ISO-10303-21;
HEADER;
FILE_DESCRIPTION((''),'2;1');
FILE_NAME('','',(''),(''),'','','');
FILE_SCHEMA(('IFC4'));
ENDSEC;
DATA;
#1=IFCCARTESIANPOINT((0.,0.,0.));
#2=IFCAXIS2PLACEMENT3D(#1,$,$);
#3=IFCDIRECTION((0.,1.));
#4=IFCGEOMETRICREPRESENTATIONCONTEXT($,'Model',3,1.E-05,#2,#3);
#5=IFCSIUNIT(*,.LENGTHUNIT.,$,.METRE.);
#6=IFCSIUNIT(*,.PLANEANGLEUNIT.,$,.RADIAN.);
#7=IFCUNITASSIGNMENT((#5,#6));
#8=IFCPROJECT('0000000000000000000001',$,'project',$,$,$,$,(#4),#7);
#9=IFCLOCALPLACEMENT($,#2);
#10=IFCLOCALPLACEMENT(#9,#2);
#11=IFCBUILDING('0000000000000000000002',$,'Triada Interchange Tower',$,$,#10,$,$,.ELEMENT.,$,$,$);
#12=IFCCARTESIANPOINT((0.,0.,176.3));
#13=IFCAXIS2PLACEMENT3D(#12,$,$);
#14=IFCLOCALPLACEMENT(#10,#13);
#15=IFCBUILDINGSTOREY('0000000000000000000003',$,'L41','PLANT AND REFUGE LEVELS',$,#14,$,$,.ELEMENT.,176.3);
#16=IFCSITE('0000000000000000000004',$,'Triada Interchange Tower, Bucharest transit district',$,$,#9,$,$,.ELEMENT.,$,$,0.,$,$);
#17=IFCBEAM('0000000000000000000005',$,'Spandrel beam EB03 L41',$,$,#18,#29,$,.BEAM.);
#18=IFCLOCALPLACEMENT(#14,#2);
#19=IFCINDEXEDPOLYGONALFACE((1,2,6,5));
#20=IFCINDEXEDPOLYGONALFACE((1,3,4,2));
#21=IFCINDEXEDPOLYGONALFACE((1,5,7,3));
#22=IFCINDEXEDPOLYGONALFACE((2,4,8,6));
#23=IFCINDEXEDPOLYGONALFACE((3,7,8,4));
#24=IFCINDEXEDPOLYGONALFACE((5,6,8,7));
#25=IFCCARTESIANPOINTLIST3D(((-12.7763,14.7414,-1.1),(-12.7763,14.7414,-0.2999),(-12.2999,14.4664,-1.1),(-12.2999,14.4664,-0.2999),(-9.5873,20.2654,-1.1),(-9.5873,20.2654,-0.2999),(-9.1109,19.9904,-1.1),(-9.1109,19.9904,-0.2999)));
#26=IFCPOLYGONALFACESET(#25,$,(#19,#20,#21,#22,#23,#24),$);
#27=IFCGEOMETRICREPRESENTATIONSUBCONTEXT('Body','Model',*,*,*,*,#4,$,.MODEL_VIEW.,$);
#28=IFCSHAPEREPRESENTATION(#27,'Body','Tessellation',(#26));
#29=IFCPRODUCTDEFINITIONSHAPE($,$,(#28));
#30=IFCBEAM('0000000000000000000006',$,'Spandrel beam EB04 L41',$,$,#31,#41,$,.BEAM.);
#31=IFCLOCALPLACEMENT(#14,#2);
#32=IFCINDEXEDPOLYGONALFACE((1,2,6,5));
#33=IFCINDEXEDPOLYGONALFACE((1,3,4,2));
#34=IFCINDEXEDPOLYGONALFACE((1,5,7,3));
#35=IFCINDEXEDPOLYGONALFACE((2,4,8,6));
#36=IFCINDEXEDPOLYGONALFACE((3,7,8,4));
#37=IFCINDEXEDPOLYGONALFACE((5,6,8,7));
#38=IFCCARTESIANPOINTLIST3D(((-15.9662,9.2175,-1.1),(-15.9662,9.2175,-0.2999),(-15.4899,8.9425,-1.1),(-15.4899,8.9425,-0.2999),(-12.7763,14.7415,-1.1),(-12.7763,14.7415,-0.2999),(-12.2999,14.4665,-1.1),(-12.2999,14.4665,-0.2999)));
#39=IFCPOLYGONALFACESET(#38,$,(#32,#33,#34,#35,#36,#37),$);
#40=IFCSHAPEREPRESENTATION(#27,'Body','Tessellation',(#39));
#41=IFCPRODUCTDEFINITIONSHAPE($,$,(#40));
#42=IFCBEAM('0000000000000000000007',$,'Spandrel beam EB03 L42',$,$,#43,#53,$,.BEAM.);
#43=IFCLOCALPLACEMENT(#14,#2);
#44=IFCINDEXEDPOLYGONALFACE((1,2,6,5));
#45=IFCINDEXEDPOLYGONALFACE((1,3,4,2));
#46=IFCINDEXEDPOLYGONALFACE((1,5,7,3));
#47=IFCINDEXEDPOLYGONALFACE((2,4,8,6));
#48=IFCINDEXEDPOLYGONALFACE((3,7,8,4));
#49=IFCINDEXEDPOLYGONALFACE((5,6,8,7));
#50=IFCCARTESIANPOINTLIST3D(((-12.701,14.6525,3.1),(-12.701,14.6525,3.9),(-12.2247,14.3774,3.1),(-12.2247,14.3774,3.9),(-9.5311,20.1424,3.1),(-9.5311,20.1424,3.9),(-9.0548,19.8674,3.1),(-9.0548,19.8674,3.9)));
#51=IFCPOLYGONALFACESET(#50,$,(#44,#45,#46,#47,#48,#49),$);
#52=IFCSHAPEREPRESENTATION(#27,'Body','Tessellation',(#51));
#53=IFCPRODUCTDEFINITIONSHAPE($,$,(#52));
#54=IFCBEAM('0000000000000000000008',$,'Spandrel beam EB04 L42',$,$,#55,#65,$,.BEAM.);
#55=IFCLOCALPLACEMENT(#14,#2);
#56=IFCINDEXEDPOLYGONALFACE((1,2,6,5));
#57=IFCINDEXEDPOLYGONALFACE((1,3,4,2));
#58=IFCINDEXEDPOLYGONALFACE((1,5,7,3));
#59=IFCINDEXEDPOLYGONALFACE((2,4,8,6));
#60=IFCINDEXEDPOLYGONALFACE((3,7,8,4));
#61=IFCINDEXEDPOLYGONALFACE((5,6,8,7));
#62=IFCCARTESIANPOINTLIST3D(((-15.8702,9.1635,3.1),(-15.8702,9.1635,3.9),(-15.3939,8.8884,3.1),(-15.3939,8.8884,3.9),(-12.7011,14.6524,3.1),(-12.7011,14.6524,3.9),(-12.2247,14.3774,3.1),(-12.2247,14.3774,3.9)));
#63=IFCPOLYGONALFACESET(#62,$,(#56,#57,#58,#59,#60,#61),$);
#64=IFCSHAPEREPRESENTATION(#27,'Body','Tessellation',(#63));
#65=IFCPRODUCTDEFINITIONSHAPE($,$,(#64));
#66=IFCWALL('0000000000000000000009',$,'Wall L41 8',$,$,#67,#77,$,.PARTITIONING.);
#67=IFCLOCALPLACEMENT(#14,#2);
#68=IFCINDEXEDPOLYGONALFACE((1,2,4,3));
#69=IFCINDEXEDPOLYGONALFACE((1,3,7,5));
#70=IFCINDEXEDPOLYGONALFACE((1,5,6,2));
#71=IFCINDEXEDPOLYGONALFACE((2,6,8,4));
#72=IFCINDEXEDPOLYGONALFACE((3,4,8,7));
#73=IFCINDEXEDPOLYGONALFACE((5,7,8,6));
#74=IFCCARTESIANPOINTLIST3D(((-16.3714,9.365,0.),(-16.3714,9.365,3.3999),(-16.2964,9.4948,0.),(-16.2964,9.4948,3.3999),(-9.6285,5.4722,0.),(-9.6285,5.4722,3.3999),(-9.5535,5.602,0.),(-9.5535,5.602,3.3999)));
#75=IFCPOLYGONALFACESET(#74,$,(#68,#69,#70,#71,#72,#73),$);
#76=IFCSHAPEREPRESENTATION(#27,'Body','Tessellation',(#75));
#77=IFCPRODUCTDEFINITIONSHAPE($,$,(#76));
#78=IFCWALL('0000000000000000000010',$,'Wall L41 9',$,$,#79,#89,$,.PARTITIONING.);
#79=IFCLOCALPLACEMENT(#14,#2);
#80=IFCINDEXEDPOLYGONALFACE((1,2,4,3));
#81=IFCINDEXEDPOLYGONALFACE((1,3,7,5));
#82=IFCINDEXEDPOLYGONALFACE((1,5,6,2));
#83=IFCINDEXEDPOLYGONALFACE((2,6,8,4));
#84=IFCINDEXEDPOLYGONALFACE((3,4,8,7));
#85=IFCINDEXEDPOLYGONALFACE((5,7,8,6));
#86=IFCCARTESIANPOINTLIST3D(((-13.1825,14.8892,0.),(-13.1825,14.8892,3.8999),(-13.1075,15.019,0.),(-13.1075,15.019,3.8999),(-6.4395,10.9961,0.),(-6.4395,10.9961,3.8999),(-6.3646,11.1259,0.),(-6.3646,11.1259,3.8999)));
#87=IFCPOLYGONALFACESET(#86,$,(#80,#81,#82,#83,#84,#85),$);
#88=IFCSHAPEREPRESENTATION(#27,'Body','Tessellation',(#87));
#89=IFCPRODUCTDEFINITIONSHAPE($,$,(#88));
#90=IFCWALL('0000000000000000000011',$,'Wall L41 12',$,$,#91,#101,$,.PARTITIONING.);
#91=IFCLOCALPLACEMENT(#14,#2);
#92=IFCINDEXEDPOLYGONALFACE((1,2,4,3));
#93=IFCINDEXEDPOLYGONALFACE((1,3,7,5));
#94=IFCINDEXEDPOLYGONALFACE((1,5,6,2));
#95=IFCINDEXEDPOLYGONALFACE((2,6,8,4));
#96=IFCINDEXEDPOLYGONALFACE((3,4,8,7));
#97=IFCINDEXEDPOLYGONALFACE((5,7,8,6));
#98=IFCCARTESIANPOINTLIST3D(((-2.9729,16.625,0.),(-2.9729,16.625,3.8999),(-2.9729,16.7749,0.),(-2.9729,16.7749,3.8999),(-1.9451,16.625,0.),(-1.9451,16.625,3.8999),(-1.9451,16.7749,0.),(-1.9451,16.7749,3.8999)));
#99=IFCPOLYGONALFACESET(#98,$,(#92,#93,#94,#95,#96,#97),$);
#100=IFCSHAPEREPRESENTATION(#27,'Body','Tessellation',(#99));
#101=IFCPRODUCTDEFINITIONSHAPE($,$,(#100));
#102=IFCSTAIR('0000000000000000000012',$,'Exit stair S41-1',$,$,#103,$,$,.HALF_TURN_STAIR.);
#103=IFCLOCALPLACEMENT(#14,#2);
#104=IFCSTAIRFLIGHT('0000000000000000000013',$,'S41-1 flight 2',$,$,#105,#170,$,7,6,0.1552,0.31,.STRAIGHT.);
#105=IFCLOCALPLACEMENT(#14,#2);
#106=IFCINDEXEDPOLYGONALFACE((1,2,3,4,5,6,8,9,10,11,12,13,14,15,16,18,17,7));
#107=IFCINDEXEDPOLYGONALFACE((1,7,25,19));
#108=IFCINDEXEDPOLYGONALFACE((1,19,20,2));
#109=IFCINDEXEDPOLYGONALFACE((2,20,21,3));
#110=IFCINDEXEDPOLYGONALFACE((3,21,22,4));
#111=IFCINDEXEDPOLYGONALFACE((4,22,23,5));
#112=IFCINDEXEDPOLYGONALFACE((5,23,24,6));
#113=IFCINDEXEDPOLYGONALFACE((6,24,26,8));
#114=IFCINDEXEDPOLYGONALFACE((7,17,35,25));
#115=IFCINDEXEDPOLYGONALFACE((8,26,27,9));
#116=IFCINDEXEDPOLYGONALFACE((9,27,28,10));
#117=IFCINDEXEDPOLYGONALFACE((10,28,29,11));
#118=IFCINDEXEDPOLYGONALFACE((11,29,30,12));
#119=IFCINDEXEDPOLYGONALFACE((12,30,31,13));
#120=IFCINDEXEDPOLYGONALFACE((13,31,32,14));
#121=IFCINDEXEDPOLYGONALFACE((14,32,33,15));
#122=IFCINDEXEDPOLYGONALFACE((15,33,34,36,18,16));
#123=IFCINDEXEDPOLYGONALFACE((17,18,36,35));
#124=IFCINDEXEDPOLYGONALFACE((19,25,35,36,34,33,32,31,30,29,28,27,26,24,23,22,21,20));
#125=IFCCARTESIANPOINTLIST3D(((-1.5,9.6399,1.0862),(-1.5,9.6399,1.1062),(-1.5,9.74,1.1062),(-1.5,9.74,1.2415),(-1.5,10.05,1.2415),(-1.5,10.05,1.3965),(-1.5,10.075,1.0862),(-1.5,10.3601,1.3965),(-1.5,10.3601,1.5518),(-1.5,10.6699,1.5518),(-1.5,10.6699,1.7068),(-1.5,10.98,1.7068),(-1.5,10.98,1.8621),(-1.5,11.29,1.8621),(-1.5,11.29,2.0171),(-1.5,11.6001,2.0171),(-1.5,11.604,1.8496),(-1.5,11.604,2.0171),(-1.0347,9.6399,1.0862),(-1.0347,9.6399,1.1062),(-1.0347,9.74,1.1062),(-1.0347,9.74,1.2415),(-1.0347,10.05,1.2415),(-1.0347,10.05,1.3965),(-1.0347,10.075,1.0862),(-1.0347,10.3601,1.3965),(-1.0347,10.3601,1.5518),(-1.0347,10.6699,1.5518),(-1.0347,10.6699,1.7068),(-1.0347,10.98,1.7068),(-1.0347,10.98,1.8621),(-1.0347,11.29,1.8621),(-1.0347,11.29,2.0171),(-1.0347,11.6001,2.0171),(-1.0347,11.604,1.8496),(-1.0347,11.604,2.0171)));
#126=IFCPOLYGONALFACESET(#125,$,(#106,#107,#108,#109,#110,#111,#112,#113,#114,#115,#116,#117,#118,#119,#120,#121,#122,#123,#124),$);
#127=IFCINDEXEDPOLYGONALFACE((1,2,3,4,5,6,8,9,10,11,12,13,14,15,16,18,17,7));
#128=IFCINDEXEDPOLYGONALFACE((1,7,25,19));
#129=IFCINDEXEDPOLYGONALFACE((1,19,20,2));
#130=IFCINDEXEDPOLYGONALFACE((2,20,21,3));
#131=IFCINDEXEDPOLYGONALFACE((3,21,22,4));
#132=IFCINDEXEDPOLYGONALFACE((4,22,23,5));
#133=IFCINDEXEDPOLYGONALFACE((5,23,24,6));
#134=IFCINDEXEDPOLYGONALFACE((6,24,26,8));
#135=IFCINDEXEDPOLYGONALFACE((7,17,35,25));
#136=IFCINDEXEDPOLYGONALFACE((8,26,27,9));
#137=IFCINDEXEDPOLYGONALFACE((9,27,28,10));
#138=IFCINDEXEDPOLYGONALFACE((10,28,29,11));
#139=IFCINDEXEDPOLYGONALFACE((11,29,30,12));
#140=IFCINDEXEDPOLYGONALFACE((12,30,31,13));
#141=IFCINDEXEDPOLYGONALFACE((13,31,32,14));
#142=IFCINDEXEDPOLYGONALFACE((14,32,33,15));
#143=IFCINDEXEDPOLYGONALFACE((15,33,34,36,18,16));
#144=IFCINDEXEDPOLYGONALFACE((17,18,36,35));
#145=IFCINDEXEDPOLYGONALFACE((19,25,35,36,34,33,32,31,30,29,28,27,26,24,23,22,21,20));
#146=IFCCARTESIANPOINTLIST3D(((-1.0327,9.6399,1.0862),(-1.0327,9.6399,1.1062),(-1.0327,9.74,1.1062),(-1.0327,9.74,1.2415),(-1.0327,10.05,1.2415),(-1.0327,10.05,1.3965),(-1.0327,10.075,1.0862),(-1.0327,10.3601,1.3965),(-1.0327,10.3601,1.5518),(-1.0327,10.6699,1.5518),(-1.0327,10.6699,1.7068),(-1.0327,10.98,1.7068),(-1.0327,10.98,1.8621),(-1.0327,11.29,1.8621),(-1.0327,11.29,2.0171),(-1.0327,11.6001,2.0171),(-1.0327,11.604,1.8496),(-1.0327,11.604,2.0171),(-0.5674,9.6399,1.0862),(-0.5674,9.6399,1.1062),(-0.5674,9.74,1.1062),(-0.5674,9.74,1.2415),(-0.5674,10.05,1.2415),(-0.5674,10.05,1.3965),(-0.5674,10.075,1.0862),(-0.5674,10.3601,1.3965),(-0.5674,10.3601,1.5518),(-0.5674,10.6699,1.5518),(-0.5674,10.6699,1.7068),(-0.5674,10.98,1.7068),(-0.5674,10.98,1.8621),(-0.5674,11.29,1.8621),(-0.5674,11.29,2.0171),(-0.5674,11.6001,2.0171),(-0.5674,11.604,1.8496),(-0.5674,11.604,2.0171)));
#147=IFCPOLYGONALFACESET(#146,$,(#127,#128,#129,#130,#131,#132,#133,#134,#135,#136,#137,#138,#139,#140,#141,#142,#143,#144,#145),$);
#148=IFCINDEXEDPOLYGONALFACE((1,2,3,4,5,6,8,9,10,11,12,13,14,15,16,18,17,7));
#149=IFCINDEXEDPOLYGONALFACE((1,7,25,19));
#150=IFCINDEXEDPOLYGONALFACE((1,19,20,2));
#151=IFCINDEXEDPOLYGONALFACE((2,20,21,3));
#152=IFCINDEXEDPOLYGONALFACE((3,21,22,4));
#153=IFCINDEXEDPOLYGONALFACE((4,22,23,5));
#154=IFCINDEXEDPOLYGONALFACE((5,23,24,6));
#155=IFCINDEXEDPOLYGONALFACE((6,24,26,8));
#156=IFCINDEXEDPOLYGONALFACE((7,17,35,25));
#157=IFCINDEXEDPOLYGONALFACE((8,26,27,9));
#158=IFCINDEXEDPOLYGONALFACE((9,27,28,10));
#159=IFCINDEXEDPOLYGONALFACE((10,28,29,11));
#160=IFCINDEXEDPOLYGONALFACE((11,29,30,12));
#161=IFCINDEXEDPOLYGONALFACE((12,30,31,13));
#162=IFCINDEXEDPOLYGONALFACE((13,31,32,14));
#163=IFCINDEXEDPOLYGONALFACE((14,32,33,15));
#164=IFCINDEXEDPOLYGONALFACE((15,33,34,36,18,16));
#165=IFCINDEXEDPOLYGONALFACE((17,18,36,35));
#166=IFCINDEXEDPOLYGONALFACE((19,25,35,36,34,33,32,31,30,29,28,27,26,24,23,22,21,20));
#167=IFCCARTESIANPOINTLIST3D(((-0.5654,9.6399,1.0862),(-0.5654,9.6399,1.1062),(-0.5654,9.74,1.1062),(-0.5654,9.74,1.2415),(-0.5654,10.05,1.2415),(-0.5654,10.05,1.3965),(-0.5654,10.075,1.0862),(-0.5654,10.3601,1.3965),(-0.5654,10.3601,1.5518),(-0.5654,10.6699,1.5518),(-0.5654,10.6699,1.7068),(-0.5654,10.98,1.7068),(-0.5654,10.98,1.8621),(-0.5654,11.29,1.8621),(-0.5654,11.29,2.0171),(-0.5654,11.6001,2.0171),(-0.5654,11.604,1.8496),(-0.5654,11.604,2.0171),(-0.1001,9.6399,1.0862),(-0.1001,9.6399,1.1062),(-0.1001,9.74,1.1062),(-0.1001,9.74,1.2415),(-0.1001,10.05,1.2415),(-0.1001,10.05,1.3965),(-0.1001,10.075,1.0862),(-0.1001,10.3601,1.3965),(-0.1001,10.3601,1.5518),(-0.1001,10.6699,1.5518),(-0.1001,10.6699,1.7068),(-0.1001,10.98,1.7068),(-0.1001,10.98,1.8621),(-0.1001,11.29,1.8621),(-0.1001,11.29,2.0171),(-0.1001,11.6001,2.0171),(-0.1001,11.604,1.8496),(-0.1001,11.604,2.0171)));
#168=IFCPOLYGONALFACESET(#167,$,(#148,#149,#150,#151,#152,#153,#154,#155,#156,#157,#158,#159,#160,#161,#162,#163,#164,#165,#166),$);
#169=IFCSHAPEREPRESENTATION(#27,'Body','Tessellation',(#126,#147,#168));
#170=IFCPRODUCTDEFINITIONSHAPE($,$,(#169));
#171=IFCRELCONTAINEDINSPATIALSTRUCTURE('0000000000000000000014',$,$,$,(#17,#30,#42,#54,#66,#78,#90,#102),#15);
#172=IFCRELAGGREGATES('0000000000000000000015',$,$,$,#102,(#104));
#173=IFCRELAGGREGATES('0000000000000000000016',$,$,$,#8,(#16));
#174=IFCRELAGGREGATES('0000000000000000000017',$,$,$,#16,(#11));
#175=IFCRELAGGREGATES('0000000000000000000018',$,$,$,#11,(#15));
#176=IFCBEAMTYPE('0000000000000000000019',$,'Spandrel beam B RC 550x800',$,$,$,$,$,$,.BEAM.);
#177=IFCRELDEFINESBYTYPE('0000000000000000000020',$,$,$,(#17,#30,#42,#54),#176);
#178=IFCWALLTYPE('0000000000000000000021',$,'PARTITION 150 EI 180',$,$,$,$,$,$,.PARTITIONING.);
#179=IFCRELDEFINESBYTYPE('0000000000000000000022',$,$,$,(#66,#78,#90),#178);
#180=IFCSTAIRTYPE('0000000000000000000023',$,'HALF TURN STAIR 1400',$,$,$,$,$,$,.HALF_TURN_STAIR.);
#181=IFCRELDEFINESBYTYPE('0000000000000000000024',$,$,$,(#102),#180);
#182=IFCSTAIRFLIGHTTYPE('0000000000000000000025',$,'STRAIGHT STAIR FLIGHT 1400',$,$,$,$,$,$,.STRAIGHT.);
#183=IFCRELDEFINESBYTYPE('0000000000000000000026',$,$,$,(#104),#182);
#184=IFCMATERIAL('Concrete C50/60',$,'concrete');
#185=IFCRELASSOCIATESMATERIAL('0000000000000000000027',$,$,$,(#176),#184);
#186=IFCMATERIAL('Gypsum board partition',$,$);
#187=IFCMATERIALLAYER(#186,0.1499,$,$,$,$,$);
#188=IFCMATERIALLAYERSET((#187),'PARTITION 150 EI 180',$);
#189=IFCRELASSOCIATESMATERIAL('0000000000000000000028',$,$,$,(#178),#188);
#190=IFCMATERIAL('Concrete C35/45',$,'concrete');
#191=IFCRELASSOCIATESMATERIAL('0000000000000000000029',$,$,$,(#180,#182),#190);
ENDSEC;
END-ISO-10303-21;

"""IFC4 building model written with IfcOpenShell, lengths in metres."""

from ifc_helpers import new_model, si_unit, direction, frame, frame_2d, origin, origin_2d, place, context, subcontext, project, spatial, polyline, rectangle, outline, extrude, material, layer, layer_set, material_profile, profile_set, type_object, element, aggregate, save


model = new_model("IFC4")

# Units and contexts
model_context = context("Model", 3, precision=1e-05, world=origin(), true_north=direction((0.0, 1.0)))
body_context = subcontext(model_context, "Body", "Model", "MODEL_VIEW")
ifc_project = project(units=[si_unit("LENGTHUNIT", "METRE"), si_unit("PLANEANGLEUNIT", "RADIAN")], contexts=[model_context])

# Site, building, storey
site_placement = place(None, origin())
site = spatial("IfcSite", under=ifc_project, at=site_placement, Name="Triada Interchange Tower, Bucharest transit district", CompositionType="ELEMENT", RefElevation=0.0)
building_placement = place(site_placement, origin())
building = spatial("IfcBuilding", under=site, at=building_placement, Name="Triada Interchange Tower", CompositionType="ELEMENT")
storey_placement = place(building_placement, frame((0.0, 0.0, 176.3)))
storey = spatial("IfcBuildingStorey", under=building, at=storey_placement, Name="L41", Description="PLANT AND REFUGE LEVELS", CompositionType="ELEMENT", Elevation=176.3)

# Beams
ifc_material_1 = material(Name="Concrete C50/60", Category="concrete")
ifc_material_profile_1 = material_profile(ifc_material_1, rectangle(XDim=0.55, YDim=0.8, at=origin_2d()), Name="RC 550x800")
ifc_profile_set_1 = profile_set([ifc_material_profile_1], Name="Concrete C50/60")
beam_type_1 = type_object("IfcBeamType", Name="Spandrel beam B RC 550x800", PredefinedType="BEAM", material=ifc_profile_set_1)
beam_1_placement = place(storey_placement, frame((-9.3491, 20.1279, -0.7), z_axis=(-0.499968, -0.866044, 0.0), x_axis=(0.866044, -0.499968, 0.0)))
element("IfcBeam", 1, at=beam_1_placement, inside=storey, type_object=beam_type_1, Name="Spandrel beam EB03 L41", PredefinedType="BEAM", context=body_context, shape_type="SweptSolid", body=[
    extrude(rectangle(XDim=0.55, YDim=0.8, at=origin_2d()), origin(), (0.0, 0.0, 1.0), 6.3784),
])
beam_2_placement = place(storey_placement, frame((-12.5381, 14.604, -0.7), z_axis=(-0.500082, -0.865978, 0.0), x_axis=(0.865978, -0.500082, 0.0)))
element("IfcBeam", 2, at=beam_2_placement, inside=storey, type_object=beam_type_1, Name="Spandrel beam EB04 L41", PredefinedType="BEAM", context=body_context, shape_type="SweptSolid", body=[
    extrude(rectangle(XDim=0.55, YDim=0.8, at=origin_2d()), origin(), (0.0, 0.0, 1.0), 6.3789),
])
beam_3_placement = place(storey_placement, frame((-9.293, 20.0049, 3.5), z_axis=(-0.500032, -0.866007, 0.0), x_axis=(0.866007, -0.500032, 0.0)))
element("IfcBeam", 3, at=beam_3_placement, inside=storey, type_object=beam_type_1, Name="Spandrel beam EB03 L42", PredefinedType="BEAM", context=body_context, shape_type="SweptSolid", body=[
    extrude(rectangle(XDim=0.55, YDim=0.8, at=origin_2d()), origin(), (0.0, 0.0, 1.0), 6.3394),
])
beam_4_placement = place(storey_placement, frame((-12.4629, 14.5149, 3.5), z_axis=(-0.500013, -0.866018, 0.0), x_axis=(0.866018, -0.500013, 0.0)))
element("IfcBeam", 4, at=beam_4_placement, inside=storey, type_object=beam_type_1, Name="Spandrel beam EB04 L42", PredefinedType="BEAM", context=body_context, shape_type="SweptSolid", body=[
    extrude(rectangle(XDim=0.55, YDim=0.8, at=origin_2d()), origin(), (0.0, 0.0, 1.0), 6.3381),
])

# Walls
ifc_material_2 = material(Name="Gypsum board partition")
ifc_layer_1 = layer(ifc_material_2, 0.1499)
ifc_layer_set_1 = layer_set([ifc_layer_1], Name="PARTITION 150 EI 180")
wall_type_1 = type_object("IfcWallType", Name="PARTITION 150 EI 180", PredefinedType="PARTITIONING", material=ifc_layer_set_1)
wall_1_placement = place(storey_placement, frame((-16.334, 9.4299, 0.0), z_axis=(0.0, 0.0, 1.0), x_axis=(0.866037, -0.49998, 0.0)))
element("IfcWall", 5, at=wall_1_placement, inside=storey, type_object=wall_type_1, Name="Wall L41 8", PredefinedType="PARTITIONING", context=body_context, shape_type="SweptSolid", body=[
    extrude(rectangle(XDim=7.7859, YDim=0.1499, at=frame_2d((3.8931, 0.0))), origin(), (0.0, 0.0, 1.0), 3.3999),
])
wall_2_placement = place(storey_placement, frame((-13.145, 14.9541, 0.0), z_axis=(0.0, 0.0, 1.0), x_axis=(0.866023, -0.500004, 0.0)))
element("IfcWall", 6, at=wall_2_placement, inside=storey, type_object=wall_type_1, Name="Wall L41 9", PredefinedType="PARTITIONING", context=body_context, shape_type="SweptSolid", body=[
    extrude(rectangle(XDim=7.7861, YDim=0.1499, at=frame_2d((3.8931, 0.0))), origin(), (0.0, 0.0, 1.0), 3.8999),
])
wall_3_placement = place(storey_placement, frame((-2.9729, 16.7, 0.0), z_axis=(0.0, 0.0, 1.0), x_axis=(1.0, 0.0, 0.0)))
element("IfcWall", 7, at=wall_3_placement, inside=storey, type_object=wall_type_1, Name="Wall L41 12", PredefinedType="PARTITIONING", context=body_context, shape_type="SweptSolid", body=[
    extrude(rectangle(XDim=1.0278, YDim=0.1499, at=frame_2d((0.5139, 0.0))), origin(), (0.0, 0.0, 1.0), 3.8999),
])

# Stair, stair flight
ifc_material_3 = material(Name="Concrete C35/45", Category="concrete")
stair_type = type_object("IfcStairType", Name="HALF TURN STAIR 1400", PredefinedType="HALF_TURN_STAIR", material=ifc_material_3)
stair_placement = place(storey_placement, origin())
stair = element("IfcStair", 8, at=stair_placement, inside=storey, type_object=stair_type, Name="Exit stair S41-1", PredefinedType="HALF_TURN_STAIR")
stair_flight_type = type_object("IfcStairFlightType", Name="STRAIGHT STAIR FLIGHT 1400", PredefinedType="STRAIGHT", material=ifc_material_3)
stair_flight_1_placement = place(storey_placement, frame((-0.8, 9.74, 1.0862), z_axis=(0.0, 0.0, 1.0), x_axis=(0.0, 1.0, 0.0)))
stair_flight_1 = element("IfcStairFlight", 9, at=stair_flight_1_placement, type_object=stair_flight_type, Name="S41-1 flight 2", NumberOfRisers=7, NumberOfTreads=6, PredefinedType="STRAIGHT", RiserHeight=0.1552, TreadLength=0.31, context=body_context, shape_type="SweptSolid", body=[
    extrude(outline(polyline([(-0.1001, 0.0), (-0.1001, 0.02), (0.0, 0.02), (0.0, 0.1553), (0.3101, 0.1553), (0.3101, 0.3103), (0.6201, 0.3103), (0.6201, 0.4656), (0.9299, 0.4656), (0.9299, 0.6206), (1.24, 0.6206), (1.24, 0.7759), (1.55, 0.7759), (1.55, 0.9309), (1.8601, 0.9309), (1.864, 0.9309), (1.864, 1.0862), (1.864, 0.7634), (0.335, 0.0), (-0.1001, 0.0)])), frame((0.0, 0.7, 0.0), z_axis=(0.0, -1.0, 0.0), x_axis=(1.0, 0.0, 0.0)), (0.0, 0.0, 1.0), 0.4653),
    extrude(outline(polyline([(-0.1001, 0.0), (-0.1001, 0.02), (0.0, 0.02), (0.0, 0.1553), (0.3101, 0.1553), (0.3101, 0.3103), (0.6201, 0.3103), (0.6201, 0.4656), (0.9299, 0.4656), (0.9299, 0.6206), (1.24, 0.6206), (1.24, 0.7759), (1.55, 0.7759), (1.55, 0.9309), (1.8601, 0.9309), (1.864, 0.9309), (1.864, 1.0862), (1.864, 0.7634), (0.335, 0.0), (-0.1001, 0.0)])), frame((0.0, 0.2327, 0.0), z_axis=(0.0, -1.0, 0.0), x_axis=(1.0, 0.0, 0.0)), (0.0, 0.0, 1.0), 0.4653),
    extrude(outline(polyline([(-0.1001, 0.0), (-0.1001, 0.02), (0.0, 0.02), (0.0, 0.1553), (0.3101, 0.1553), (0.3101, 0.3103), (0.6201, 0.3103), (0.6201, 0.4656), (0.9299, 0.4656), (0.9299, 0.6206), (1.24, 0.6206), (1.24, 0.7759), (1.55, 0.7759), (1.55, 0.9309), (1.8601, 0.9309), (1.864, 0.9309), (1.864, 1.0862), (1.864, 0.7634), (0.335, 0.0), (-0.1001, 0.0)])), frame((0.0, -0.2346, 0.0), z_axis=(0.0, -1.0, 0.0), x_axis=(1.0, 0.0, 0.0)), (0.0, 0.0, 1.0), 0.4653),
])

aggregate(stair, [stair_flight_1])

save(model, "model.ifc")
